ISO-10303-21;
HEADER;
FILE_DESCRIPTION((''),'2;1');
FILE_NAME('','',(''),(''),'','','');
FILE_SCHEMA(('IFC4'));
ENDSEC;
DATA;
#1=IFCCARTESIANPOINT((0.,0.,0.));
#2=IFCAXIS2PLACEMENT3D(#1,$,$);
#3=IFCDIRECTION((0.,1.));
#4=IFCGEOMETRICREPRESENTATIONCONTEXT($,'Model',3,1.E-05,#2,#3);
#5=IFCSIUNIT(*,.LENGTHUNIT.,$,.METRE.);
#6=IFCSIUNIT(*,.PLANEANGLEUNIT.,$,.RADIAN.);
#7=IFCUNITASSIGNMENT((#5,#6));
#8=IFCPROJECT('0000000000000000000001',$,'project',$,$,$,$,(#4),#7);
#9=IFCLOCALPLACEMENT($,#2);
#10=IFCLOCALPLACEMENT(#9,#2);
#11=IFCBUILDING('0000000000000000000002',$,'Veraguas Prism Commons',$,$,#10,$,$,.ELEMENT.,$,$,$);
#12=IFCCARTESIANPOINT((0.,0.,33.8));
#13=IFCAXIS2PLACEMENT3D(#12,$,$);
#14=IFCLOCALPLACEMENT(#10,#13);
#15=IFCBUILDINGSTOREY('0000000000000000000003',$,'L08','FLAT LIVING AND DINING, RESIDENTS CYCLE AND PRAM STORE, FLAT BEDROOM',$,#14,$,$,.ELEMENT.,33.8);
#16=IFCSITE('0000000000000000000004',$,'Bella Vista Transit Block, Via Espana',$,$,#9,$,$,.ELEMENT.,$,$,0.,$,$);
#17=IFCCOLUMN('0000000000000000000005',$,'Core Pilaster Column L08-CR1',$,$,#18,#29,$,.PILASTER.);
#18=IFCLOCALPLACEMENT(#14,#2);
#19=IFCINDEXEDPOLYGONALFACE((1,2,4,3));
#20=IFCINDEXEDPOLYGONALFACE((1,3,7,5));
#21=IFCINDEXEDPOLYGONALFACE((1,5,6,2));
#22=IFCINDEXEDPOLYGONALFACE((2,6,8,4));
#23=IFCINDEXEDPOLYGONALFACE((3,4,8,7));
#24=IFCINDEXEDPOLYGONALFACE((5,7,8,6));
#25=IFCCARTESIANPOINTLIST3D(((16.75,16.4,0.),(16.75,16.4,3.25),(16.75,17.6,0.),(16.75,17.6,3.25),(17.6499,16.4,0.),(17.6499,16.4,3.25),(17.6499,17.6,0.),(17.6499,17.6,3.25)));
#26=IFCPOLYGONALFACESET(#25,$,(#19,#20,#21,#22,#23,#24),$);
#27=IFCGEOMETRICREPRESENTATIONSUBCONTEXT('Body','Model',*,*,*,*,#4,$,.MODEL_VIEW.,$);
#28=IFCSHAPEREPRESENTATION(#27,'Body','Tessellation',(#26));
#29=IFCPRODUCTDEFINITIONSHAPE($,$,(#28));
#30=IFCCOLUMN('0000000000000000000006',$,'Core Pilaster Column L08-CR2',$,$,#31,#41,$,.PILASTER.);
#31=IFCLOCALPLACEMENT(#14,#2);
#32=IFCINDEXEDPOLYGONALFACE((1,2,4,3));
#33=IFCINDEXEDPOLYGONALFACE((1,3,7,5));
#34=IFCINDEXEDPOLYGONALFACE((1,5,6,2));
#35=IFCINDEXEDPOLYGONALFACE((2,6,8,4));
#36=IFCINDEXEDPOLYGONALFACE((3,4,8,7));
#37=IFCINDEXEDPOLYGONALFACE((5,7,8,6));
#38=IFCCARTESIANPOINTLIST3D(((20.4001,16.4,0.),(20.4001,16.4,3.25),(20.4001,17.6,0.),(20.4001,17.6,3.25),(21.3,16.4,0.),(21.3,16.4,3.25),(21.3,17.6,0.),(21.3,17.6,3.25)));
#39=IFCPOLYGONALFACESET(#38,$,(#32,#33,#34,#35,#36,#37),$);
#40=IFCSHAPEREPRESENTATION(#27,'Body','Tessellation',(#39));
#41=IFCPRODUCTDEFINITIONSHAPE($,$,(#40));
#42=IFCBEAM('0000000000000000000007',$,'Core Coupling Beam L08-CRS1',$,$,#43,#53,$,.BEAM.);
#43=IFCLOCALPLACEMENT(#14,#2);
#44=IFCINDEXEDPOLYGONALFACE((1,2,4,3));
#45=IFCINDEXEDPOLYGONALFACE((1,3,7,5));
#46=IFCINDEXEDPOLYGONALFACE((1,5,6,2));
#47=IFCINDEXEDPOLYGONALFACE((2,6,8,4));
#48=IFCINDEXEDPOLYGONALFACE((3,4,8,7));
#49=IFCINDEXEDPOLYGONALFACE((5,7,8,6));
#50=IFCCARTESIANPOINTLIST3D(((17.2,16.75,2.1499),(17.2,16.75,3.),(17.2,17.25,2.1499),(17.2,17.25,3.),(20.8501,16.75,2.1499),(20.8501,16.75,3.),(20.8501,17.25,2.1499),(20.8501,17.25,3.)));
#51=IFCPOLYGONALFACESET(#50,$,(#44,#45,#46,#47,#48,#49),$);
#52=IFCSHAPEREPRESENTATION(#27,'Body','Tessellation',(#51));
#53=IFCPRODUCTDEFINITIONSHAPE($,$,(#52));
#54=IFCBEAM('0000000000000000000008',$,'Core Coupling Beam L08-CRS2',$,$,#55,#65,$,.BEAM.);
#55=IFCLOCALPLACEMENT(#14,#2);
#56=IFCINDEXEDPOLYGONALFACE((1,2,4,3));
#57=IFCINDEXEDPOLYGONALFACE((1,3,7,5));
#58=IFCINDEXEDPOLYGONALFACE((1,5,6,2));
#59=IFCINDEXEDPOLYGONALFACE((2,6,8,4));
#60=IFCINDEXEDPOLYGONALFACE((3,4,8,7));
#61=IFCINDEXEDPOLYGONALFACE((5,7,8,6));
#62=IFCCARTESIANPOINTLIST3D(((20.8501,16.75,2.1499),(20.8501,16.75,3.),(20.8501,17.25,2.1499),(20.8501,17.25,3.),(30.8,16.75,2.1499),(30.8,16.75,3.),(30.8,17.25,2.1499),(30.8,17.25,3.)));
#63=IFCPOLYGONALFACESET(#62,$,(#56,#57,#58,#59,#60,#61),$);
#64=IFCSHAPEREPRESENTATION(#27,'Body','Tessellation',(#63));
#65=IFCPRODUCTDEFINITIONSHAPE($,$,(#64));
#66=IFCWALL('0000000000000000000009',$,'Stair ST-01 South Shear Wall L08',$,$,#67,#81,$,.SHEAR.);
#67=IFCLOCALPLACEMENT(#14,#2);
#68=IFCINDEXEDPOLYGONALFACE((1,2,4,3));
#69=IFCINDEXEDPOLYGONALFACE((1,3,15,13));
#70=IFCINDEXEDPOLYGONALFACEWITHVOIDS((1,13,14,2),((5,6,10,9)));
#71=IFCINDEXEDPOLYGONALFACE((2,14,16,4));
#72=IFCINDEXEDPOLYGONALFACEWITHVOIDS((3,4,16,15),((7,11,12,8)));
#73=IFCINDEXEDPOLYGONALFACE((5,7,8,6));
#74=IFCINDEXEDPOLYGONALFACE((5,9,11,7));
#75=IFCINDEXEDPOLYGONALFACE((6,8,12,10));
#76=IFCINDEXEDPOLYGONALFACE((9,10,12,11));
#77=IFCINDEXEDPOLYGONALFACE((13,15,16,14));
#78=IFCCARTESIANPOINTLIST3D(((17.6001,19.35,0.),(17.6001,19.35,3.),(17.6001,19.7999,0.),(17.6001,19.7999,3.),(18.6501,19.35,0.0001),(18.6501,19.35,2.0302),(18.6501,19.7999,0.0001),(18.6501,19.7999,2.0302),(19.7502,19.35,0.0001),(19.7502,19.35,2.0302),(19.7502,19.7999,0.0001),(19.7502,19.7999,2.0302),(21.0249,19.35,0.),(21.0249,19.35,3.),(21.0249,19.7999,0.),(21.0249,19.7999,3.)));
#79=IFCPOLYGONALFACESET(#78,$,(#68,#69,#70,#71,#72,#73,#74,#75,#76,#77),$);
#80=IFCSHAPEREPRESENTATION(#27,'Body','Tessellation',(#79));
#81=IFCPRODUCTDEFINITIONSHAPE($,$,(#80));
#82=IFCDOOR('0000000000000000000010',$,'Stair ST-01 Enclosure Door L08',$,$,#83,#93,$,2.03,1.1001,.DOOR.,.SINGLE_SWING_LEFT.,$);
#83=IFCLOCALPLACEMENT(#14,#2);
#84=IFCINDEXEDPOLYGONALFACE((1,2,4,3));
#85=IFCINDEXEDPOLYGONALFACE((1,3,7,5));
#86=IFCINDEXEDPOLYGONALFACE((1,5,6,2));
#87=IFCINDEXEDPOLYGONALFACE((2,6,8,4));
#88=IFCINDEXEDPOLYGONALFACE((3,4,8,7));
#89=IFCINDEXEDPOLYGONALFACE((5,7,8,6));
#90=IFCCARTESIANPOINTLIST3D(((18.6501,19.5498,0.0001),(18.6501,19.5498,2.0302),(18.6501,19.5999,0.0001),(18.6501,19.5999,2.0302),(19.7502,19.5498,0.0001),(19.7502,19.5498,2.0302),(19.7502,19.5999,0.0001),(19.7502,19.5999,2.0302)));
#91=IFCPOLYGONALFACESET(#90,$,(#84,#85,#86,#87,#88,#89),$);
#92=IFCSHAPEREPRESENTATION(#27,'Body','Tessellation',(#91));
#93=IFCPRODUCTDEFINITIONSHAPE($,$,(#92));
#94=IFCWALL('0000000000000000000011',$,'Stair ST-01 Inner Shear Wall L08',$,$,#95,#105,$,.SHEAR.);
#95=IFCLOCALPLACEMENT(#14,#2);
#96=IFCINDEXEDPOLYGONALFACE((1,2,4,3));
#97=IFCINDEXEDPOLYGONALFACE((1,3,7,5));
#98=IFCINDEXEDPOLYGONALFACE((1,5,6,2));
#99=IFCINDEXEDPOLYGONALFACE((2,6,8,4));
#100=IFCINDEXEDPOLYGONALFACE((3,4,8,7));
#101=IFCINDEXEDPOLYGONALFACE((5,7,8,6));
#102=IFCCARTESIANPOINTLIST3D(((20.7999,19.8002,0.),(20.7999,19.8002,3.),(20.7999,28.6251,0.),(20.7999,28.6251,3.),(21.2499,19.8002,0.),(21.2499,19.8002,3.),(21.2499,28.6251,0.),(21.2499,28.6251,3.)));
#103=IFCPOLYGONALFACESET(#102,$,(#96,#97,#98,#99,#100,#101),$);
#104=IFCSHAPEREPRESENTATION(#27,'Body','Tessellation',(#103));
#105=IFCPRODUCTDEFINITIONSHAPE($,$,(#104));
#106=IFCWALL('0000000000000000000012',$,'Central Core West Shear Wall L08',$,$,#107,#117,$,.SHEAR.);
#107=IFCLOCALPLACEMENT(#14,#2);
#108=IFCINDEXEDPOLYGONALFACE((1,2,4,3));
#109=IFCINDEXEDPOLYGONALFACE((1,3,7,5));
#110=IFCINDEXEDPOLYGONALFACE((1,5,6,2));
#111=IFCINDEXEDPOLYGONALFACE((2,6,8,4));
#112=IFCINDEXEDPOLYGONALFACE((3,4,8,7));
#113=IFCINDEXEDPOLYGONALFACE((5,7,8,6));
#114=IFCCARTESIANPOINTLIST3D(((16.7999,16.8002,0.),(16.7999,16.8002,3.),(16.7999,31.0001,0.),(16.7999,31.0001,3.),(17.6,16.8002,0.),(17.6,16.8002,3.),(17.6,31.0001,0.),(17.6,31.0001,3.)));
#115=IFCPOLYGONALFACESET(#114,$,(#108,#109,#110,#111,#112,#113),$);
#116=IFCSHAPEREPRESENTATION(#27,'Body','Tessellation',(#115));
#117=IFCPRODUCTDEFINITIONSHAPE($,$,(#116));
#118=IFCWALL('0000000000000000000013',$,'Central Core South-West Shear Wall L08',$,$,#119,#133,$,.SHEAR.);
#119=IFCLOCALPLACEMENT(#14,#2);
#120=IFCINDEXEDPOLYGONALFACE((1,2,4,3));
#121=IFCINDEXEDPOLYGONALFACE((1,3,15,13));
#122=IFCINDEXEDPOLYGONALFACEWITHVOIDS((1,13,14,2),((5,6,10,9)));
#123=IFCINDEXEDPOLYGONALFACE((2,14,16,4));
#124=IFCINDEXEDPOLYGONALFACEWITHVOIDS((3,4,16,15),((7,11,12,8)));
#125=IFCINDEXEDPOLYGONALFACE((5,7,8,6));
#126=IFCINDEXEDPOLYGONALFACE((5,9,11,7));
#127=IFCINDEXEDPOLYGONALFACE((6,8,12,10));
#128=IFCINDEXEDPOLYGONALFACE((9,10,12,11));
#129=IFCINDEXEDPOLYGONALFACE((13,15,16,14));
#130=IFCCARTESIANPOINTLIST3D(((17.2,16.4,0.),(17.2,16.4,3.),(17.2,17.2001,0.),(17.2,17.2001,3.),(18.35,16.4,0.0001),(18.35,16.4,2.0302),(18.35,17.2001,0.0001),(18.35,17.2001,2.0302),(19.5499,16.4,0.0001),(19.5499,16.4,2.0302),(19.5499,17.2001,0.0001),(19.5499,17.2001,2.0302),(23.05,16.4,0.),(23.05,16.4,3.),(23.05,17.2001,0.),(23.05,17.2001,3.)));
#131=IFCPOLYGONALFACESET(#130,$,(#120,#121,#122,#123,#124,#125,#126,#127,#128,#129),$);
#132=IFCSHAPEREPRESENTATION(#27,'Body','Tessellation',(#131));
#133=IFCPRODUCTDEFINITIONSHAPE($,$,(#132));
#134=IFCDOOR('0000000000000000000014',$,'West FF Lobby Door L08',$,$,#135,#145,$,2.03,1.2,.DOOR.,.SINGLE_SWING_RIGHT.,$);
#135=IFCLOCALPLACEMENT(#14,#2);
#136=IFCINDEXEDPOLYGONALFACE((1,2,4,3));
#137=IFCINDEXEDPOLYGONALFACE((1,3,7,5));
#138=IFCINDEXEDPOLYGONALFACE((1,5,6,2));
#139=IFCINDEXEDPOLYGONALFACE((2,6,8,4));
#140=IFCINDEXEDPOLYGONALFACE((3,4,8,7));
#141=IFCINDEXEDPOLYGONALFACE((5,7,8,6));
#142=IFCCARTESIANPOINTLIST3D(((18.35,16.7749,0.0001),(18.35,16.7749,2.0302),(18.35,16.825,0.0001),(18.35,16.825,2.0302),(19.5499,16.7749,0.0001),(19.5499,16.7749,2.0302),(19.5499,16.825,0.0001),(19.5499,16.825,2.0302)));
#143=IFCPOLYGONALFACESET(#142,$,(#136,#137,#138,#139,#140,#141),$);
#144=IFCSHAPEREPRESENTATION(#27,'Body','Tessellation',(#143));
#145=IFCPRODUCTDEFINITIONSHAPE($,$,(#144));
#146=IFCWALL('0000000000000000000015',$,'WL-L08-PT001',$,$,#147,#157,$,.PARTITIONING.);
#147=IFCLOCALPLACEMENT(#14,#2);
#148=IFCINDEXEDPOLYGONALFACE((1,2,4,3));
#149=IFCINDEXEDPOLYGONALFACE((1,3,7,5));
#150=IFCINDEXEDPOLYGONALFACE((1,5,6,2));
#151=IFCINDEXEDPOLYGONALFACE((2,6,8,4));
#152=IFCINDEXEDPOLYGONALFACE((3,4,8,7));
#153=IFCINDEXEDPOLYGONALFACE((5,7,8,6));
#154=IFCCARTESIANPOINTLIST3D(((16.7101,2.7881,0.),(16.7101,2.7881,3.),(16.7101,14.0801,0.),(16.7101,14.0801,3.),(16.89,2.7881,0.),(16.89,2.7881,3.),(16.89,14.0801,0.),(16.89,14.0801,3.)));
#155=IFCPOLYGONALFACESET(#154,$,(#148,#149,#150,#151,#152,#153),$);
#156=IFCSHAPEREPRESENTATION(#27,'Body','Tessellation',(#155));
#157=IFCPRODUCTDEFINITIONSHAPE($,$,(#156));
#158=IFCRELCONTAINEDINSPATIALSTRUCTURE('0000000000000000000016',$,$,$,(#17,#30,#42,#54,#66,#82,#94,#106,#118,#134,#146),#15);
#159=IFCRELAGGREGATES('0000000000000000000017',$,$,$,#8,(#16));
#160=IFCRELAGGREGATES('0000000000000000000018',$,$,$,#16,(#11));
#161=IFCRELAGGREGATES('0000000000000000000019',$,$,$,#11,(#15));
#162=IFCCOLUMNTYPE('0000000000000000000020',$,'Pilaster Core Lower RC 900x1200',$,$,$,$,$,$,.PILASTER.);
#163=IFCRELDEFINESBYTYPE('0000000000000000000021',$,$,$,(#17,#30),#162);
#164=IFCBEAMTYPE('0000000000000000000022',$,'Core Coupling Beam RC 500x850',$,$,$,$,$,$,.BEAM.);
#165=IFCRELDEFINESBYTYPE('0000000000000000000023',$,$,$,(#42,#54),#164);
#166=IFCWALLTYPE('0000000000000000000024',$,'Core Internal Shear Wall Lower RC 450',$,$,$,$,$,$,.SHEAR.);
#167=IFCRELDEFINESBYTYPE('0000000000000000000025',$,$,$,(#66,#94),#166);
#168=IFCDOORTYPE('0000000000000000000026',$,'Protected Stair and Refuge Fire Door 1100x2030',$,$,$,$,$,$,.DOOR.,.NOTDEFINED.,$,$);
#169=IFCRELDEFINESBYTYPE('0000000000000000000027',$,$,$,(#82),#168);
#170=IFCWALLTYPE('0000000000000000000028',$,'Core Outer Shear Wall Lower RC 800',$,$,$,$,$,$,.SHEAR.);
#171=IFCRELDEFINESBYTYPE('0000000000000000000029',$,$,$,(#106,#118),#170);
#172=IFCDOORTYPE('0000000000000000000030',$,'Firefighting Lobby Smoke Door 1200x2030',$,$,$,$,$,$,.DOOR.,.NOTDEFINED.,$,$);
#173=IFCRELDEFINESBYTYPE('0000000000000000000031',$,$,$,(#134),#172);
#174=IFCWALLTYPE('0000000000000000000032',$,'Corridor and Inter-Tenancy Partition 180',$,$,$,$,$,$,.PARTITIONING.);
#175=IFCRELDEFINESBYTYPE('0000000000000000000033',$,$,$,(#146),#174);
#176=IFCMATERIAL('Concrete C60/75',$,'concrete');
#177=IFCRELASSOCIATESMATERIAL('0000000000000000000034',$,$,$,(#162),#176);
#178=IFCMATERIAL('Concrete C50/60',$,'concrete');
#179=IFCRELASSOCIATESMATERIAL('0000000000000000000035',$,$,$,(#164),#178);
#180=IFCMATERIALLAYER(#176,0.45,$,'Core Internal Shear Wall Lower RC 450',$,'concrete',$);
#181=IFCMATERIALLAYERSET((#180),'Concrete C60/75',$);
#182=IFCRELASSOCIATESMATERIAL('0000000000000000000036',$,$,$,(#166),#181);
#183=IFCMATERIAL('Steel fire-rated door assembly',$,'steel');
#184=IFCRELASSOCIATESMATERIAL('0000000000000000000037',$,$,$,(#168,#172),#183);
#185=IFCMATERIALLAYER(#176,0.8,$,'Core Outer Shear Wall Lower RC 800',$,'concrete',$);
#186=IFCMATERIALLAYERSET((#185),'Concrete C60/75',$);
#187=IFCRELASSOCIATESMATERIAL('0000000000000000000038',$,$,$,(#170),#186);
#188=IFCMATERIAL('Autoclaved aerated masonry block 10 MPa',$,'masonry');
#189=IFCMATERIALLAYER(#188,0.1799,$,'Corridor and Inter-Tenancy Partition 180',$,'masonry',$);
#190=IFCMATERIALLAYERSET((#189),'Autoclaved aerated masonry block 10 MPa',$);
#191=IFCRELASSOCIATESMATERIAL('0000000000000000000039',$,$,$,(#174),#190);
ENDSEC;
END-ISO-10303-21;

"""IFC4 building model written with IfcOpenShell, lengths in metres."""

from ifc_helpers import new_model, si_unit, direction, frame, frame_2d, origin, origin_2d, place, context, subcontext, project, spatial, rectangle, extrude, source, transform, mapped, material, layer, layer_set, material_profile, profile_set, type_object, element, fill, save


model = new_model("IFC4")

# Units and contexts
model_context = context("Model", 3, precision=1e-05, world=origin(), true_north=direction((0.0, 1.0)))
body_context = subcontext(model_context, "Body", "Model", "MODEL_VIEW")
ifc_project = project(units=[si_unit("LENGTHUNIT", "METRE"), si_unit("PLANEANGLEUNIT", "RADIAN")], contexts=[model_context])

# Site, building, storey
site_placement = place(None, origin())
site = spatial("IfcSite", under=ifc_project, at=site_placement, Name="Bella Vista Transit Block, Via Espana", CompositionType="ELEMENT", RefElevation=0.0)
building_placement = place(site_placement, origin())
building = spatial("IfcBuilding", under=site, at=building_placement, Name="Veraguas Prism Commons", CompositionType="ELEMENT")
storey_placement = place(building_placement, frame((0.0, 0.0, 33.8)))
storey = spatial("IfcBuildingStorey", under=building, at=storey_placement, Name="L08", Description="FLAT LIVING AND DINING, RESIDENTS CYCLE AND PRAM STORE, FLAT BEDROOM", CompositionType="ELEMENT", Elevation=33.8)

# Columns
ifc_material_1 = material(Name="Concrete C60/75", Category="concrete")
ifc_material_profile_1 = material_profile(ifc_material_1, rectangle(XDim=0.8999, YDim=1.2, at=origin_2d()), Name="RC900X1200")
ifc_profile_set_1 = profile_set([ifc_material_profile_1], Name="Concrete C60/75")
column_type = type_object("IfcColumnType", Name="Pilaster Core Lower RC 900x1200", PredefinedType="PILASTER", material=ifc_profile_set_1)
for number, where, z_axis, x_axis, name in (
    (1, (17.2, 17.0, 0.0), (0.0, 0.0, 1.0), (1.0, 0.0, 0.0), "Core Pilaster Column L08-CR1"),
    (2, (20.8501, 17.0, 0.0), (0.0, 0.0, 1.0), (1.0, 0.0, 0.0), "Core Pilaster Column L08-CR2"),
):
    element("IfcColumn", number, at=place(storey_placement, frame(where, z_axis=z_axis, x_axis=x_axis)), inside=storey, type_object=column_type, Name=name, PredefinedType="PILASTER", context=body_context, shape_type="SweptSolid", body=[
        extrude(rectangle(XDim=0.8999, YDim=1.2, at=origin_2d()), origin(), (0.0, 0.0, 1.0), 3.25),
    ])

# Beams
ifc_material_2 = material(Name="Concrete C50/60", Category="concrete")
ifc_material_profile_2 = material_profile(ifc_material_2, rectangle(XDim=0.5, YDim=0.8501, at=origin_2d()), Name="RC500X850")
ifc_profile_set_2 = profile_set([ifc_material_profile_2], Name="Concrete C50/60")
beam_type = type_object("IfcBeamType", Name="Core Coupling Beam RC 500x850", PredefinedType="BEAM", material=ifc_profile_set_2)
beam_1_placement = place(storey_placement, frame((17.2, 17.0, 2.575), z_axis=(1.0, 0.0, 0.0), x_axis=(0.0, 1.0, 0.0)))
element("IfcBeam", 3, at=beam_1_placement, inside=storey, type_object=beam_type, Name="Core Coupling Beam L08-CRS1", PredefinedType="BEAM", context=body_context, shape_type="SweptSolid", body=[
    extrude(rectangle(XDim=0.5, YDim=0.8501, at=origin_2d()), origin(), (0.0, 0.0, 1.0), 3.6501),
])
beam_2_placement = place(storey_placement, frame((20.8501, 17.0, 2.575), z_axis=(1.0, 0.0, 0.0), x_axis=(0.0, 1.0, 0.0)))
element("IfcBeam", 4, at=beam_2_placement, inside=storey, type_object=beam_type, Name="Core Coupling Beam L08-CRS2", PredefinedType="BEAM", context=body_context, shape_type="SweptSolid", body=[
    extrude(rectangle(XDim=0.5, YDim=0.8501, at=origin_2d()), origin(), (0.0, 0.0, 1.0), 9.95),
])

# Wall, opening, door
ifc_layer_1 = layer(ifc_material_1, 0.45, Name="Core Internal Shear Wall Lower RC 450", Category="concrete")
ifc_layer_set_1 = layer_set([ifc_layer_1], Name="Concrete C60/75")
wall_type_1 = type_object("IfcWallType", Name="Core Internal Shear Wall Lower RC 450", PredefinedType="SHEAR", material=ifc_layer_set_1)
wall_1_placement = place(storey_placement, frame((17.6001, 19.575, 0.0), z_axis=(0.0, 0.0, 1.0), x_axis=(1.0, 0.0, 0.0)))
wall_1 = element("IfcWall", 5, at=wall_1_placement, inside=storey, type_object=wall_type_1, Name="Stair ST-01 South Shear Wall L08", PredefinedType="SHEAR", context=body_context, shape_type="SweptSolid", body=[
    extrude(rectangle(XDim=3.4248, YDim=0.45, at=frame_2d((1.7124, 0.0))), origin(), (0.0, 0.0, 1.0), 3.0),
])
opening_1_placement = place(wall_1_placement, frame((1.05, 0.0, 0.0)))
opening_1 = element("IfcOpeningElement", 6, at=opening_1_placement, cuts=wall_1, PredefinedType="OPENING", context=body_context, shape_type="SweptSolid", body=[
    extrude(rectangle(XDim=1.1001, YDim=2.03, at=frame_2d((0.55, 1.0151))), frame((0.0, 0.2349, 0.0), z_axis=(0.0, -1.0, 0.0), x_axis=(1.0, 0.0, 0.0)), (0.0, 0.0, 1.0), 0.47),
])
ifc_material_3 = material(Name="Steel fire-rated door assembly", Category="steel")
door_type_1 = type_object("IfcDoorType", Name="Protected Stair and Refuge Fire Door 1100x2030", OperationType="NOTDEFINED", PredefinedType="DOOR", material=ifc_material_3)
shared_shape_1 = source(origin(), body_context, "Body", "SweptSolid", [
    extrude(rectangle(XDim=1.1001, YDim=2.03, at=frame_2d((0.55, 1.0151))), frame((0.0, 0.0249, 0.0), z_axis=(0.0, -1.0, 0.0), x_axis=(1.0, 0.0, 0.0)), (0.0, 0.0, 1.0), 0.05),
])
door_1_placement = place(opening_1_placement, origin())
door_1 = element("IfcDoor", 7, at=door_1_placement, inside=storey, type_object=door_type_1, Name="Stair ST-01 Enclosure Door L08", OperationType="SINGLE_SWING_LEFT", OverallHeight=2.03, OverallWidth=1.1001, PredefinedType="DOOR", context=body_context, shape_type="MappedRepresentation", body=[
    mapped(shared_shape_1, transform((0.0, 0.0, 0.0), scale=1.0)),
])
fill(opening_1, door_1)

# Walls
wall_2_placement = place(storey_placement, frame((21.0249, 19.8, 0.0), z_axis=(0.0, 0.0, 1.0), x_axis=(0.0, 1.0, 0.0)))
element("IfcWall", 8, at=wall_2_placement, inside=storey, type_object=wall_type_1, Name="Stair ST-01 Inner Shear Wall L08", PredefinedType="SHEAR", context=body_context, shape_type="SweptSolid", body=[
    extrude(rectangle(XDim=8.825, YDim=0.45, at=frame_2d((4.4126, 0.0))), origin(), (0.0, 0.0, 1.0), 3.0),
])
ifc_layer_2 = layer(ifc_material_1, 0.8, Name="Core Outer Shear Wall Lower RC 800", Category="concrete")
ifc_layer_set_2 = layer_set([ifc_layer_2], Name="Concrete C60/75")
wall_type_2 = type_object("IfcWallType", Name="Core Outer Shear Wall Lower RC 800", PredefinedType="SHEAR", material=ifc_layer_set_2)
wall_3_placement = place(storey_placement, frame((17.2, 16.8, 0.0), z_axis=(0.0, 0.0, 1.0), x_axis=(0.0, 1.0, 0.0)))
element("IfcWall", 9, at=wall_3_placement, inside=storey, type_object=wall_type_2, Name="Central Core West Shear Wall L08", PredefinedType="SHEAR", context=body_context, shape_type="SweptSolid", body=[
    extrude(rectangle(XDim=14.2, YDim=0.8, at=frame_2d((7.1001, 0.0))), origin(), (0.0, 0.0, 1.0), 3.0),
])

# Wall, opening, door
wall_4_placement = place(storey_placement, frame((17.2, 16.8, 0.0), z_axis=(0.0, 0.0, 1.0), x_axis=(1.0, 0.0, 0.0)))
wall_4 = element("IfcWall", 10, at=wall_4_placement, inside=storey, type_object=wall_type_2, Name="Central Core South-West Shear Wall L08", PredefinedType="SHEAR", context=body_context, shape_type="SweptSolid", body=[
    extrude(rectangle(XDim=5.8501, YDim=0.8, at=frame_2d((2.925, 0.0))), origin(), (0.0, 0.0, 1.0), 3.0),
])
opening_2_placement = place(wall_4_placement, frame((1.1499, 0.0, 0.0)))
opening_2 = element("IfcOpeningElement", 11, at=opening_2_placement, cuts=wall_4, PredefinedType="OPENING", context=body_context, shape_type="SweptSolid", body=[
    extrude(rectangle(XDim=1.2, YDim=2.03, at=frame_2d((0.6001, 1.0151))), frame((0.0, 0.4099, 0.0), z_axis=(0.0, -1.0, 0.0), x_axis=(1.0, 0.0, 0.0)), (0.0, 0.0, 1.0), 0.8201),
])
door_type_2 = type_object("IfcDoorType", Name="Firefighting Lobby Smoke Door 1200x2030", OperationType="NOTDEFINED", PredefinedType="DOOR", material=ifc_material_3)
shared_shape_2 = source(origin(), body_context, "Body", "SweptSolid", [
    extrude(rectangle(XDim=1.2, YDim=2.03, at=frame_2d((0.6001, 1.0151))), frame((0.0, 0.0249, 0.0), z_axis=(0.0, -1.0, 0.0), x_axis=(1.0, 0.0, 0.0)), (0.0, 0.0, 1.0), 0.05),
])
door_2_placement = place(opening_2_placement, origin())
door_2 = element("IfcDoor", 12, at=door_2_placement, inside=storey, type_object=door_type_2, Name="West FF Lobby Door L08", OperationType="SINGLE_SWING_RIGHT", OverallHeight=2.03, OverallWidth=1.2, PredefinedType="DOOR", context=body_context, shape_type="MappedRepresentation", body=[
    mapped(shared_shape_2, transform((0.0, 0.0, 0.0), scale=1.0)),
])
fill(opening_2, door_2)

# Wall
ifc_material_4 = material(Name="Autoclaved aerated masonry block 10 MPa", Category="masonry")
ifc_layer_3 = layer(ifc_material_4, 0.1799, Name="Corridor and Inter-Tenancy Partition 180", Category="masonry")
ifc_layer_set_3 = layer_set([ifc_layer_3], Name="Autoclaved aerated masonry block 10 MPa")
wall_type_3 = type_object("IfcWallType", Name="Corridor and Inter-Tenancy Partition 180", PredefinedType="PARTITIONING", material=ifc_layer_set_3)
wall_5_placement = place(storey_placement, frame((16.8, 14.0801, 0.0), z_axis=(0.0, 0.0, 1.0), x_axis=(0.0, -1.0, 0.0)))
element("IfcWall", 13, at=wall_5_placement, inside=storey, type_object=wall_type_3, Name="WL-L08-PT001", PredefinedType="PARTITIONING", context=body_context, shape_type="SweptSolid", body=[
    extrude(rectangle(XDim=11.292, YDim=0.1799, at=frame_2d((5.646, 0.0))), origin(), (0.0, 0.0, 1.0), 3.0),
])

save(model, "model.ifc")
